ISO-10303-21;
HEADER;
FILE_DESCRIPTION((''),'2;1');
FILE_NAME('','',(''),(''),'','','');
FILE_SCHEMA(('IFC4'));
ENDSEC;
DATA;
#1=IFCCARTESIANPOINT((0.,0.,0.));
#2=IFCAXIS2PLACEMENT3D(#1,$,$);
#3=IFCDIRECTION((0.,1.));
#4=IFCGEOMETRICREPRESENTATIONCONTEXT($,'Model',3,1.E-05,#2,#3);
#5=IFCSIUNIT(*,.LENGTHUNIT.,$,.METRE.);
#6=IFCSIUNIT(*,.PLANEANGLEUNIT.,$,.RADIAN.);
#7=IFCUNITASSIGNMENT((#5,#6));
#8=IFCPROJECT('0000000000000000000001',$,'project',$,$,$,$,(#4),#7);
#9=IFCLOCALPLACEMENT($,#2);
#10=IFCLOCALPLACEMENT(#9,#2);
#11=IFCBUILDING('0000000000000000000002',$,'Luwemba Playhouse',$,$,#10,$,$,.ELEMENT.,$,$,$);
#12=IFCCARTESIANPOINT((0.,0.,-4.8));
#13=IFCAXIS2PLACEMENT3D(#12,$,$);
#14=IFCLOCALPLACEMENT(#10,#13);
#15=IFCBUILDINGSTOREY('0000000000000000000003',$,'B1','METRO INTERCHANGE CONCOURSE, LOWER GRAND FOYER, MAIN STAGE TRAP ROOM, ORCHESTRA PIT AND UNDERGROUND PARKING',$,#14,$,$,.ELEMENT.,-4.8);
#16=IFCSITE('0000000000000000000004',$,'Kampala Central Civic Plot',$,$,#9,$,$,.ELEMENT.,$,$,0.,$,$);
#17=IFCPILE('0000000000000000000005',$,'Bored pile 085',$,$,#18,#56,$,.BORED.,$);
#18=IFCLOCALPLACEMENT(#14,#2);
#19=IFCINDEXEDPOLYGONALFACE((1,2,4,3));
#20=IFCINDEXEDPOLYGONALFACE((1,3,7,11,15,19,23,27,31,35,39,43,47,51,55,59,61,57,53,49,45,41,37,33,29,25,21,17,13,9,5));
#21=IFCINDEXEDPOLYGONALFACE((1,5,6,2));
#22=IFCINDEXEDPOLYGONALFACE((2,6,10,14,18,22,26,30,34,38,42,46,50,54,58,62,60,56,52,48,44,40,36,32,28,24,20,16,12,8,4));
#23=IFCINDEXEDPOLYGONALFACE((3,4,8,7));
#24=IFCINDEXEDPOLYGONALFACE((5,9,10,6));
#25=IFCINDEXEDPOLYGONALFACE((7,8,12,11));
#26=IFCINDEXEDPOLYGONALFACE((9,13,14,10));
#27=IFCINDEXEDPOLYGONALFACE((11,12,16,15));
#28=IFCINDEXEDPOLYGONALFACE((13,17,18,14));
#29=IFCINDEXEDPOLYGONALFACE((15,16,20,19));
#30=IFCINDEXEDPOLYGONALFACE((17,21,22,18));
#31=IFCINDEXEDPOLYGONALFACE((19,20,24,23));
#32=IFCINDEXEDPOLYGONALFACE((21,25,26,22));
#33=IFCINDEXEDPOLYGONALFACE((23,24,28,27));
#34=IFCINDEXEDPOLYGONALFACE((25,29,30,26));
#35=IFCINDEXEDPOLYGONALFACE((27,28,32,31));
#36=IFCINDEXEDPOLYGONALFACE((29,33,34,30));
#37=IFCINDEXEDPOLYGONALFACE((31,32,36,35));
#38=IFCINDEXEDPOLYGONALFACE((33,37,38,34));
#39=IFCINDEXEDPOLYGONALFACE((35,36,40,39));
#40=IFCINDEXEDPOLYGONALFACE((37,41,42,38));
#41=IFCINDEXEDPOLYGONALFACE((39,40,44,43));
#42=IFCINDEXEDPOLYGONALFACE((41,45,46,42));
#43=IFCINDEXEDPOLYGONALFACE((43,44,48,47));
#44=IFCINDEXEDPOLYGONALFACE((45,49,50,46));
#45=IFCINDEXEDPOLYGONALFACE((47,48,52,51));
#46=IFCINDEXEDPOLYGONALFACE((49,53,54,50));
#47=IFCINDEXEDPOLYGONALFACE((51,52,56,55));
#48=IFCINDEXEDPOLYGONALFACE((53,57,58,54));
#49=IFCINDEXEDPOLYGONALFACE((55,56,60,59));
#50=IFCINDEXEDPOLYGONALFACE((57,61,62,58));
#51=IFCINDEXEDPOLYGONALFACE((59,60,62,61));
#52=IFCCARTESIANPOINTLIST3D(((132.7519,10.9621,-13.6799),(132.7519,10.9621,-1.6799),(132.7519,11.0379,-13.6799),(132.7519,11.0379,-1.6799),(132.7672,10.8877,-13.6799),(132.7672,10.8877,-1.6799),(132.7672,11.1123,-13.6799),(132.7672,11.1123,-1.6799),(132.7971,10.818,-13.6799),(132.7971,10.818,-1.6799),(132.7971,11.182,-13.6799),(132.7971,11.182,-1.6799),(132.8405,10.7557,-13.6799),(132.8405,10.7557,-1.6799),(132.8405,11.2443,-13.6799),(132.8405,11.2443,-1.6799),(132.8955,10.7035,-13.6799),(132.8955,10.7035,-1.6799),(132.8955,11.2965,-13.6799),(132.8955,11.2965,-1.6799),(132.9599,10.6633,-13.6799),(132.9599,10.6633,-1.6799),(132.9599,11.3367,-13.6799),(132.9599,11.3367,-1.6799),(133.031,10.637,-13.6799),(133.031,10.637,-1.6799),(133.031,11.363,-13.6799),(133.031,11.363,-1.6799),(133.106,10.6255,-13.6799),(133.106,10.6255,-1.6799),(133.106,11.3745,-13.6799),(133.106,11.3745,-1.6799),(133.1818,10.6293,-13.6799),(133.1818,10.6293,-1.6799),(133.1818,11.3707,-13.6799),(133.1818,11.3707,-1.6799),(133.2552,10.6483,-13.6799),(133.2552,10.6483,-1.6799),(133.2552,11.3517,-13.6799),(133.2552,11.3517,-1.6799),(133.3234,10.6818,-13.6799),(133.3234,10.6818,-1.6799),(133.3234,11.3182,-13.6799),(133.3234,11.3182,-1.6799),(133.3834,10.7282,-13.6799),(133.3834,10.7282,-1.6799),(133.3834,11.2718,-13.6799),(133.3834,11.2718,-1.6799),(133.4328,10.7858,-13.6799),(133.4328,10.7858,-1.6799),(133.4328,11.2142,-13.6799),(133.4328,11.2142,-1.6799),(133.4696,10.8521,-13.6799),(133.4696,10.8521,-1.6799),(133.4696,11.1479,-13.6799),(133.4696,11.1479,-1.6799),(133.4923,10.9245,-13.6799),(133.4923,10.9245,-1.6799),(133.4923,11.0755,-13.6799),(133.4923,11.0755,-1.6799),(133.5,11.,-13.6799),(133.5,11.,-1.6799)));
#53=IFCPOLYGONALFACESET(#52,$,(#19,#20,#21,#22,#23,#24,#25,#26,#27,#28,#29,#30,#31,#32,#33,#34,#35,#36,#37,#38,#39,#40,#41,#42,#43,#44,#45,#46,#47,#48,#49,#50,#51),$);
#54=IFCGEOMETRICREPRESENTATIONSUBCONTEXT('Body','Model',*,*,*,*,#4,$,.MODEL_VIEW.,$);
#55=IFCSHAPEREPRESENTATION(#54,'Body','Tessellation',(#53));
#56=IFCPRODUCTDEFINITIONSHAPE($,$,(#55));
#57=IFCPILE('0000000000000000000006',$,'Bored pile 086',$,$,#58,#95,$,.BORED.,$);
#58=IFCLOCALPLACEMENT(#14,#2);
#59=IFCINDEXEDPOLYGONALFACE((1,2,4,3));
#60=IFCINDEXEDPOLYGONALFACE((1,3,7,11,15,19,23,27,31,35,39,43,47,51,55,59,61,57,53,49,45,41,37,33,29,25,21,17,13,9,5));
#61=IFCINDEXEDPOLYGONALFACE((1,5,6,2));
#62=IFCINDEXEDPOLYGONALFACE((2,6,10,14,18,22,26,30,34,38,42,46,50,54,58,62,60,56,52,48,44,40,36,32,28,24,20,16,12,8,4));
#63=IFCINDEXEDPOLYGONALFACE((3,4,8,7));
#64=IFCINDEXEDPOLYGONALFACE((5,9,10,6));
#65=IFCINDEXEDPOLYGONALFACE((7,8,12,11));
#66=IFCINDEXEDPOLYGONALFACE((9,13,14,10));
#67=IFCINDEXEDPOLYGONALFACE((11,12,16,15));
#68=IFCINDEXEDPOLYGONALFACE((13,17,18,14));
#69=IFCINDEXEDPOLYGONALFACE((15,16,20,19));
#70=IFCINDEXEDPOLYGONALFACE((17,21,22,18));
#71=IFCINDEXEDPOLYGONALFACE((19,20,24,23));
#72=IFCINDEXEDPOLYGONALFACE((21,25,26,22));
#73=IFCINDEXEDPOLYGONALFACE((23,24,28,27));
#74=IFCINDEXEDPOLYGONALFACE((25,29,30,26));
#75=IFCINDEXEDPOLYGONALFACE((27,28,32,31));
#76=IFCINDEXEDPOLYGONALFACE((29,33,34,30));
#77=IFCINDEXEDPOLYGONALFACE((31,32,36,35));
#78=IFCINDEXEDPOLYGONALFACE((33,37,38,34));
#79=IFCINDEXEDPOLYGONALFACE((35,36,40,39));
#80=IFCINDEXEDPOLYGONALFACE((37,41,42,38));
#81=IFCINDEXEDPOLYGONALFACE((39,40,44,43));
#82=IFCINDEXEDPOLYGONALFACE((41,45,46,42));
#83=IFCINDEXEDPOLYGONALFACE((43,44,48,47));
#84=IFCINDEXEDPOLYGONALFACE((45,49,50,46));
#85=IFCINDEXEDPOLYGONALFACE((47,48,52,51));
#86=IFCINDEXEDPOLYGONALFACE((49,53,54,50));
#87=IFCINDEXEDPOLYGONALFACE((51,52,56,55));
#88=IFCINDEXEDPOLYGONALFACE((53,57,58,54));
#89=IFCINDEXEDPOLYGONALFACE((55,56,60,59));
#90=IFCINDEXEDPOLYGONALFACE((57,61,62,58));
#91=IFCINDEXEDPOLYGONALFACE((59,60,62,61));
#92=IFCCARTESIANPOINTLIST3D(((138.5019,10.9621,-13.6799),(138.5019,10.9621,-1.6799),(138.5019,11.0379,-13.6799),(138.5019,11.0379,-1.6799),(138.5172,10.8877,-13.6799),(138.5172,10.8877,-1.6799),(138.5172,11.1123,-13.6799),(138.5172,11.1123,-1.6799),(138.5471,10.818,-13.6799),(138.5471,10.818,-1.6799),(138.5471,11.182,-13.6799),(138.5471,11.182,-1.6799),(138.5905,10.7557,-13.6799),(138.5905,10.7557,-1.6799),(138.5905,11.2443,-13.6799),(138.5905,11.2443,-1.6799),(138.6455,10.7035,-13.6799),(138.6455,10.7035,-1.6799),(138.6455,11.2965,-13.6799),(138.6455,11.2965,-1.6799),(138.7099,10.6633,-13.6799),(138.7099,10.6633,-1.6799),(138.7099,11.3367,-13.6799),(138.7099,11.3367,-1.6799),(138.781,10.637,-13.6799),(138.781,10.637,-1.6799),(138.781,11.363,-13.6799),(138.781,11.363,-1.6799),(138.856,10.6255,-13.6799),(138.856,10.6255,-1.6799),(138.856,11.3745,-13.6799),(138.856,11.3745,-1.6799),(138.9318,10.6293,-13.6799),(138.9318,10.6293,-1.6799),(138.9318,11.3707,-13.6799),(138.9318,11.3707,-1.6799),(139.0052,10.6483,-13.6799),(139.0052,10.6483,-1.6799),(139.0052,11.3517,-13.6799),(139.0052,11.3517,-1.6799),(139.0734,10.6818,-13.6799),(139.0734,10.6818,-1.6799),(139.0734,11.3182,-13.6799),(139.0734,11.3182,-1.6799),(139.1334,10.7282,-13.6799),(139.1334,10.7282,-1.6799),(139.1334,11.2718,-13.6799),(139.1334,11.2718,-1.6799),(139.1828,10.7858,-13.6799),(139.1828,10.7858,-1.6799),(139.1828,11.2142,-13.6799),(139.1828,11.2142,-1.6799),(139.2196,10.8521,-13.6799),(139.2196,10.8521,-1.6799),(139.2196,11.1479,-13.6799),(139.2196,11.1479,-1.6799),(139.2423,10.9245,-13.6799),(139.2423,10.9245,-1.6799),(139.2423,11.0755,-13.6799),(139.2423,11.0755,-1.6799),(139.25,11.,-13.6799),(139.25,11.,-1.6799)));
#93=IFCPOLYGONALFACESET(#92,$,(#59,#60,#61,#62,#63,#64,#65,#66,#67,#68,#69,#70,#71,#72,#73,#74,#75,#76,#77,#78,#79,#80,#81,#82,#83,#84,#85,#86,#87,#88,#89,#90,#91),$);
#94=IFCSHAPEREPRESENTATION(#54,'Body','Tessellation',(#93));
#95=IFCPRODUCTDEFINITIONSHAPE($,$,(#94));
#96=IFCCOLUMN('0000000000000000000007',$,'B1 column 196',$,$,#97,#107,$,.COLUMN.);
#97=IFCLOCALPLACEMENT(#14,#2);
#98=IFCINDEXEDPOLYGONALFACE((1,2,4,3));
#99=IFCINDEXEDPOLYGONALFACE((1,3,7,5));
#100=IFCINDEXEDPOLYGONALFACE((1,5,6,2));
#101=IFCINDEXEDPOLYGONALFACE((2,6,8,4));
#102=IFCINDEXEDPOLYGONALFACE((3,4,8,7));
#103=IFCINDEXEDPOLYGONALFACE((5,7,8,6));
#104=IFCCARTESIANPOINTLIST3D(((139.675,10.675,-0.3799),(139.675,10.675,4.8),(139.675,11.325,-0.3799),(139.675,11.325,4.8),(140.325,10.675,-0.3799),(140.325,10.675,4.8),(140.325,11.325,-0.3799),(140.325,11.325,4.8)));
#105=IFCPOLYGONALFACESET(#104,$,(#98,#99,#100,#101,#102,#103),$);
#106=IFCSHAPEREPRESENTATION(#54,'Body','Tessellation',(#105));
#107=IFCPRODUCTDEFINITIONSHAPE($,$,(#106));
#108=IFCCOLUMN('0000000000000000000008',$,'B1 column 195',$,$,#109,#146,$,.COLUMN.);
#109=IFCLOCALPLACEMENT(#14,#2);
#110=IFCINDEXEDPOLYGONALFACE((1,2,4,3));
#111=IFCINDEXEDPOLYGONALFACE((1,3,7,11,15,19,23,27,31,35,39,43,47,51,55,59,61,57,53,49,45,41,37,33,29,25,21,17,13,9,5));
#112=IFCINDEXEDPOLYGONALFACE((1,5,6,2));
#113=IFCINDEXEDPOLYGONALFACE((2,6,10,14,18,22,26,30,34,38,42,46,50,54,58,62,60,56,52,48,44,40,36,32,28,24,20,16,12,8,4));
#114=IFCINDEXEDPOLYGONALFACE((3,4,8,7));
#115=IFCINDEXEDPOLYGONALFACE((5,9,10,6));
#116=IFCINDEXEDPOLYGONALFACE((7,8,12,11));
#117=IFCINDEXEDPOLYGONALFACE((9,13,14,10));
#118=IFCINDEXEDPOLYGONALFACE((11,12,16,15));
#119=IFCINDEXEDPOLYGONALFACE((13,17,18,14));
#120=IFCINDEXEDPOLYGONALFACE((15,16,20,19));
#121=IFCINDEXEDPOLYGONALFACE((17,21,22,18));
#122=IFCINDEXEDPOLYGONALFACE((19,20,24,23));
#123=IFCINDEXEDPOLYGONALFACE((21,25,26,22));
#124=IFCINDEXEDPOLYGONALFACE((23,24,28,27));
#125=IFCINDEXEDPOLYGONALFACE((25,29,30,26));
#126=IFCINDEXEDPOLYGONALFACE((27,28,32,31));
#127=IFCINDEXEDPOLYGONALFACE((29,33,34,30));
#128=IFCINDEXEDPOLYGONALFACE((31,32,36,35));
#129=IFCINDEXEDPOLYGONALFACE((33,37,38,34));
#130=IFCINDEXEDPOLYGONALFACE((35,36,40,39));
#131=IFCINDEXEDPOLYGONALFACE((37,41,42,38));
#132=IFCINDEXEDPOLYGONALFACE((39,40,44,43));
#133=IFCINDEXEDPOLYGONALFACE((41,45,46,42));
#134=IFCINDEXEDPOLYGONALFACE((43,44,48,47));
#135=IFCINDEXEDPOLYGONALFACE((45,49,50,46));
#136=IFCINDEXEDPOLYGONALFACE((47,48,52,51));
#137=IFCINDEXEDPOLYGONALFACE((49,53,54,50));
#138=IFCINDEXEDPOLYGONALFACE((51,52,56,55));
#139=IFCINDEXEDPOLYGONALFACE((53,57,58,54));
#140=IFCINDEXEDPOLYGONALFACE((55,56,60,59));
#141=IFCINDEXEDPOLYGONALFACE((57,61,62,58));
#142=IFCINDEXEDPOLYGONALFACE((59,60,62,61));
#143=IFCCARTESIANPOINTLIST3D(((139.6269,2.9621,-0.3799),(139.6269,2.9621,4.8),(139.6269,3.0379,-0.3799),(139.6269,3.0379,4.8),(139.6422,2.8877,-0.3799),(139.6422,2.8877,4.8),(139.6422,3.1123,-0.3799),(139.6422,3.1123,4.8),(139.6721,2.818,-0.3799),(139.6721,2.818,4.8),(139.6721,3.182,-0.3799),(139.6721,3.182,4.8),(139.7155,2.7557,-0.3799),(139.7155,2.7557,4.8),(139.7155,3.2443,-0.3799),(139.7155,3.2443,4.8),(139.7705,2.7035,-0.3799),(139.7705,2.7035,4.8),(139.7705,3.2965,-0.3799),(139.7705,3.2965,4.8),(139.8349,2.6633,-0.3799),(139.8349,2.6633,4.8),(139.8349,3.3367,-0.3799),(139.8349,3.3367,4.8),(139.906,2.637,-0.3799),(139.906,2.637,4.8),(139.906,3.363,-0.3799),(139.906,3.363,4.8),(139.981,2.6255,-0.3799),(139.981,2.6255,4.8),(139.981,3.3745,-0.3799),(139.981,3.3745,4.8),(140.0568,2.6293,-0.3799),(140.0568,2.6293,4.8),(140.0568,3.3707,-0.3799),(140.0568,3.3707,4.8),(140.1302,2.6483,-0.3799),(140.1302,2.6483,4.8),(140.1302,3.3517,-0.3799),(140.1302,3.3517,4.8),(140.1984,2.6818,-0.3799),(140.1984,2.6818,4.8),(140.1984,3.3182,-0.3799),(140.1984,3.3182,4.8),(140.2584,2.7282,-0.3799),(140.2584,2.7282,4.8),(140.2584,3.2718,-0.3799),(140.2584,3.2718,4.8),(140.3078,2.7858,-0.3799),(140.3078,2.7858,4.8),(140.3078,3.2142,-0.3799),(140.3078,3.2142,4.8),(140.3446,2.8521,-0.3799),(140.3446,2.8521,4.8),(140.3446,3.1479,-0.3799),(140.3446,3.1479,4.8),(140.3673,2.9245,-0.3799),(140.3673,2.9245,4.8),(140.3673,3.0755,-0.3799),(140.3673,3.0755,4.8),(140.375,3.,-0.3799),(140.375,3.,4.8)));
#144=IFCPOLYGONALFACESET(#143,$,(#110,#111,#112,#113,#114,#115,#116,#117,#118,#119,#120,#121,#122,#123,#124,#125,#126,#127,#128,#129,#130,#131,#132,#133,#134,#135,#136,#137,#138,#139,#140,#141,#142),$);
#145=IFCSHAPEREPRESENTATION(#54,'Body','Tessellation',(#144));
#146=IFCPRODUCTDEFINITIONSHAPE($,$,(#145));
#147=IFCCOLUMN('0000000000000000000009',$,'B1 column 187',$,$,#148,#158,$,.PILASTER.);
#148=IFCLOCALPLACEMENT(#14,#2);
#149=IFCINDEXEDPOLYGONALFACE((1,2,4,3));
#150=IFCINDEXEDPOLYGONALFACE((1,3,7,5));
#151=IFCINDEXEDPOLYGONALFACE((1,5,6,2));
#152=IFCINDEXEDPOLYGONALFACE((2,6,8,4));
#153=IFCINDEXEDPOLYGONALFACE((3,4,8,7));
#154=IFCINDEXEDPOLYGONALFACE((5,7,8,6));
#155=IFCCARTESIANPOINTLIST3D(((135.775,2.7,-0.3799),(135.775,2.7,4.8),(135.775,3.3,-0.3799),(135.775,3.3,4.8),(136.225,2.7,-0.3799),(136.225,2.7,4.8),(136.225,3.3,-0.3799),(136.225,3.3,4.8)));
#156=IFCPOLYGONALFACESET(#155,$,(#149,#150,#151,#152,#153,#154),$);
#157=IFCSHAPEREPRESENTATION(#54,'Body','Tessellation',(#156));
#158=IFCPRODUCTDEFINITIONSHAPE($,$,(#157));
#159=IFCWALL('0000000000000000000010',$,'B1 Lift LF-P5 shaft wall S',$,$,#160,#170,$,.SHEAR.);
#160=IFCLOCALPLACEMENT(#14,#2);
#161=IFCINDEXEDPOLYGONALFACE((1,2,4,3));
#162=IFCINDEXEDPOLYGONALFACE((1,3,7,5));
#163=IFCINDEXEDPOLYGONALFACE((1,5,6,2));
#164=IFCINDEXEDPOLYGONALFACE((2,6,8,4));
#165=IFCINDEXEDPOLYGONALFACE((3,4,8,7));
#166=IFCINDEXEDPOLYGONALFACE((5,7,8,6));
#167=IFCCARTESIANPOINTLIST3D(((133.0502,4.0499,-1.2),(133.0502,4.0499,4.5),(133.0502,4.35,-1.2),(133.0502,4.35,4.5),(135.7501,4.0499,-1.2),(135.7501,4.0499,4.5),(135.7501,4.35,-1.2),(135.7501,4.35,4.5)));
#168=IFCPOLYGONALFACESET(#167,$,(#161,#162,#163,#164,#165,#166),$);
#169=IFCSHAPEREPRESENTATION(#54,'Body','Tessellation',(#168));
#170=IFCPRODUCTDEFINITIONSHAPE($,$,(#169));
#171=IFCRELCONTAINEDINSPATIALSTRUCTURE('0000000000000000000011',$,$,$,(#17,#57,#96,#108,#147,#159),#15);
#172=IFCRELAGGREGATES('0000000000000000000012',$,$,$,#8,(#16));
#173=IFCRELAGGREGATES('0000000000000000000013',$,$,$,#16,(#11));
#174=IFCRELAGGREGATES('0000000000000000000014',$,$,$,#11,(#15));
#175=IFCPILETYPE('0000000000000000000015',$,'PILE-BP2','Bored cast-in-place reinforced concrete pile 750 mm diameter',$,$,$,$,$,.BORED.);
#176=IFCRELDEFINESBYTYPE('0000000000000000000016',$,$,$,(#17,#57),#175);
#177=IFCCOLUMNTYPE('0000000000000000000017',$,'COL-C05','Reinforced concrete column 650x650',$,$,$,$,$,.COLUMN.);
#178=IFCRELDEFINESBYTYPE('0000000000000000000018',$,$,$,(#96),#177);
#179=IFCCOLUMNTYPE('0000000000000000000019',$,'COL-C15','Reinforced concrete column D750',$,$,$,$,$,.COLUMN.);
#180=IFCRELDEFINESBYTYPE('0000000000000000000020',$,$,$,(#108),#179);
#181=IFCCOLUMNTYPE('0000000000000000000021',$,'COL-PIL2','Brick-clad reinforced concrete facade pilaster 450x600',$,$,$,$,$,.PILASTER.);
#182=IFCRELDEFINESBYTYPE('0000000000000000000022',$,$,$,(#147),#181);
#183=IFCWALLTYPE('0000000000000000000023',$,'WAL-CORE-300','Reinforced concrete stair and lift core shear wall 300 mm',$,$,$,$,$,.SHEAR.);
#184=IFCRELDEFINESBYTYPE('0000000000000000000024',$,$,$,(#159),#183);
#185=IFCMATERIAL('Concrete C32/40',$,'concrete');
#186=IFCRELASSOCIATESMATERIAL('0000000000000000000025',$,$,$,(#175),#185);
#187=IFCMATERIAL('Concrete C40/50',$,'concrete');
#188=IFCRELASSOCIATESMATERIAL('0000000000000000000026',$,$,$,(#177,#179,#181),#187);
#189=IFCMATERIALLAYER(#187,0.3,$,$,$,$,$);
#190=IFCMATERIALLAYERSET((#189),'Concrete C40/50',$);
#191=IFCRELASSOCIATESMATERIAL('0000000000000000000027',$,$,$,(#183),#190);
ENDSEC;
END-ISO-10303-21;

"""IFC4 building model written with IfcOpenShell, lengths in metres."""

from ifc_helpers import new_model, si_unit, direction, frame, frame_2d, origin, origin_2d, place, context, subcontext, project, spatial, rectangle, circle, extrude, material, layer, layer_set, material_profile, profile_set, type_object, element, save


model = new_model("IFC4")

# Units and contexts
model_context = context("Model", 3, precision=1e-05, world=origin(), true_north=direction((0.0, 1.0)))
body_context = subcontext(model_context, "Body", "Model", "MODEL_VIEW")
ifc_project = project(units=[si_unit("LENGTHUNIT", "METRE"), si_unit("PLANEANGLEUNIT", "RADIAN")], contexts=[model_context])

# Site, building, storey
site_placement = place(None, origin())
site = spatial("IfcSite", under=ifc_project, at=site_placement, Name="Kampala Central Civic Plot", CompositionType="ELEMENT", RefElevation=0.0)
building_placement = place(site_placement, origin())
building = spatial("IfcBuilding", under=site, at=building_placement, Name="Luwemba Playhouse", CompositionType="ELEMENT")
storey_placement = place(building_placement, frame((0.0, 0.0, -4.8)))
storey = spatial("IfcBuildingStorey", under=building, at=storey_placement, Name="B1", Description="METRO INTERCHANGE CONCOURSE, LOWER GRAND FOYER, MAIN STAGE TRAP ROOM, ORCHESTRA PIT AND UNDERGROUND PARKING", CompositionType="ELEMENT", Elevation=-4.8)

# Shared definitions
ifc_material_1 = material(Name="Concrete C32/40", Category="concrete")

# Piles
ifc_material_profile_1 = material_profile(ifc_material_1, circle(Radius=0.375, at=origin_2d()))
ifc_profile_set_1 = profile_set([ifc_material_profile_1], Name="Concrete C32/40")
pile_type_1 = type_object("IfcPileType", Name="PILE-BP2", Description="Bored cast-in-place reinforced concrete pile 750 mm diameter", PredefinedType="BORED", material=ifc_profile_set_1)
for number, where, z_axis, x_axis, name in (
    (1, (133.125, 11.0, -1.6799), (0.0, 0.0, -1.0), (1.0, 0.0, 0.0), "Bored pile 085"),
    (2, (138.875, 11.0, -1.6799), (0.0, 0.0, -1.0), (1.0, 0.0, 0.0), "Bored pile 086"),
):
    element("IfcPile", number, at=place(storey_placement, frame(where, z_axis=z_axis, x_axis=x_axis)), inside=storey, type_object=pile_type_1, Name=name, PredefinedType="BORED", context=body_context, shape_type="SweptSolid", body=[
        extrude(circle(Radius=0.375, at=origin_2d()), origin(), (0.0, 0.0, 1.0), 12.0),
    ])

# Columns
ifc_material_2 = material(Name="Concrete C40/50", Category="concrete")
ifc_material_profile_2 = material_profile(ifc_material_2, rectangle(XDim=0.6499, YDim=0.6499, at=origin_2d()))
ifc_profile_set_2 = profile_set([ifc_material_profile_2], Name="Concrete C40/50")
column_type_1 = type_object("IfcColumnType", Name="COL-C05", Description="Reinforced concrete column 650x650", PredefinedType="COLUMN", material=ifc_profile_set_2)
column_1_placement = place(storey_placement, frame((140.0, 11.0, -0.3799), z_axis=(0.0, 0.0, 1.0), x_axis=(1.0, 0.0, 0.0)))
element("IfcColumn", 3, at=column_1_placement, inside=storey, type_object=column_type_1, Name="B1 column 196", PredefinedType="COLUMN", context=body_context, shape_type="SweptSolid", body=[
    extrude(rectangle(XDim=0.6499, YDim=0.6499, at=origin_2d()), origin(), (0.0, 0.0, 1.0), 5.1799),
])
ifc_material_profile_3 = material_profile(ifc_material_2, circle(Radius=0.375, at=origin_2d()))
ifc_profile_set_3 = profile_set([ifc_material_profile_3], Name="Concrete C40/50")
column_type_2 = type_object("IfcColumnType", Name="COL-C15", Description="Reinforced concrete column D750", PredefinedType="COLUMN", material=ifc_profile_set_3)
column_2_placement = place(storey_placement, frame((140.0, 3.0, -0.3799), z_axis=(0.0, 0.0, 1.0), x_axis=(1.0, 0.0, 0.0)))
element("IfcColumn", 4, at=column_2_placement, inside=storey, type_object=column_type_2, Name="B1 column 195", PredefinedType="COLUMN", context=body_context, shape_type="SweptSolid", body=[
    extrude(circle(Radius=0.375, at=origin_2d()), origin(), (0.0, 0.0, 1.0), 5.1799),
])
ifc_material_profile_4 = material_profile(ifc_material_2, rectangle(XDim=0.45, YDim=0.6001, at=origin_2d()))
ifc_profile_set_4 = profile_set([ifc_material_profile_4], Name="Concrete C40/50")
column_type_3 = type_object("IfcColumnType", Name="COL-PIL2", Description="Brick-clad reinforced concrete facade pilaster 450x600", PredefinedType="PILASTER", material=ifc_profile_set_4)
column_3_placement = place(storey_placement, frame((136.0, 3.0, -0.3799), z_axis=(0.0, 0.0, 1.0), x_axis=(1.0, 0.0, 0.0)))
element("IfcColumn", 5, at=column_3_placement, inside=storey, type_object=column_type_3, Name="B1 column 187", PredefinedType="PILASTER", context=body_context, shape_type="SweptSolid", body=[
    extrude(rectangle(XDim=0.45, YDim=0.6001, at=origin_2d()), origin(), (0.0, 0.0, 1.0), 5.1799),
])

# Wall
ifc_layer_1 = layer(ifc_material_2, 0.3)
ifc_layer_set_1 = layer_set([ifc_layer_1], Name="Concrete C40/50")
wall_type_1 = type_object("IfcWallType", Name="WAL-CORE-300", Description="Reinforced concrete stair and lift core shear wall 300 mm", PredefinedType="SHEAR", material=ifc_layer_set_1)
wall_1_placement = place(storey_placement, frame((133.05, 4.2, -1.2), z_axis=(0.0, 0.0, 1.0), x_axis=(1.0, 0.0, 0.0)))
element("IfcWall", 6, at=wall_1_placement, inside=storey, type_object=wall_type_1, Name="B1 Lift LF-P5 shaft wall S", PredefinedType="SHEAR", context=body_context, shape_type="SweptSolid", body=[
    extrude(rectangle(XDim=2.7, YDim=0.3, at=frame_2d((1.3501, 0.0))), origin(), (0.0, 0.0, 1.0), 5.7),
])

save(model, "model.ifc")
